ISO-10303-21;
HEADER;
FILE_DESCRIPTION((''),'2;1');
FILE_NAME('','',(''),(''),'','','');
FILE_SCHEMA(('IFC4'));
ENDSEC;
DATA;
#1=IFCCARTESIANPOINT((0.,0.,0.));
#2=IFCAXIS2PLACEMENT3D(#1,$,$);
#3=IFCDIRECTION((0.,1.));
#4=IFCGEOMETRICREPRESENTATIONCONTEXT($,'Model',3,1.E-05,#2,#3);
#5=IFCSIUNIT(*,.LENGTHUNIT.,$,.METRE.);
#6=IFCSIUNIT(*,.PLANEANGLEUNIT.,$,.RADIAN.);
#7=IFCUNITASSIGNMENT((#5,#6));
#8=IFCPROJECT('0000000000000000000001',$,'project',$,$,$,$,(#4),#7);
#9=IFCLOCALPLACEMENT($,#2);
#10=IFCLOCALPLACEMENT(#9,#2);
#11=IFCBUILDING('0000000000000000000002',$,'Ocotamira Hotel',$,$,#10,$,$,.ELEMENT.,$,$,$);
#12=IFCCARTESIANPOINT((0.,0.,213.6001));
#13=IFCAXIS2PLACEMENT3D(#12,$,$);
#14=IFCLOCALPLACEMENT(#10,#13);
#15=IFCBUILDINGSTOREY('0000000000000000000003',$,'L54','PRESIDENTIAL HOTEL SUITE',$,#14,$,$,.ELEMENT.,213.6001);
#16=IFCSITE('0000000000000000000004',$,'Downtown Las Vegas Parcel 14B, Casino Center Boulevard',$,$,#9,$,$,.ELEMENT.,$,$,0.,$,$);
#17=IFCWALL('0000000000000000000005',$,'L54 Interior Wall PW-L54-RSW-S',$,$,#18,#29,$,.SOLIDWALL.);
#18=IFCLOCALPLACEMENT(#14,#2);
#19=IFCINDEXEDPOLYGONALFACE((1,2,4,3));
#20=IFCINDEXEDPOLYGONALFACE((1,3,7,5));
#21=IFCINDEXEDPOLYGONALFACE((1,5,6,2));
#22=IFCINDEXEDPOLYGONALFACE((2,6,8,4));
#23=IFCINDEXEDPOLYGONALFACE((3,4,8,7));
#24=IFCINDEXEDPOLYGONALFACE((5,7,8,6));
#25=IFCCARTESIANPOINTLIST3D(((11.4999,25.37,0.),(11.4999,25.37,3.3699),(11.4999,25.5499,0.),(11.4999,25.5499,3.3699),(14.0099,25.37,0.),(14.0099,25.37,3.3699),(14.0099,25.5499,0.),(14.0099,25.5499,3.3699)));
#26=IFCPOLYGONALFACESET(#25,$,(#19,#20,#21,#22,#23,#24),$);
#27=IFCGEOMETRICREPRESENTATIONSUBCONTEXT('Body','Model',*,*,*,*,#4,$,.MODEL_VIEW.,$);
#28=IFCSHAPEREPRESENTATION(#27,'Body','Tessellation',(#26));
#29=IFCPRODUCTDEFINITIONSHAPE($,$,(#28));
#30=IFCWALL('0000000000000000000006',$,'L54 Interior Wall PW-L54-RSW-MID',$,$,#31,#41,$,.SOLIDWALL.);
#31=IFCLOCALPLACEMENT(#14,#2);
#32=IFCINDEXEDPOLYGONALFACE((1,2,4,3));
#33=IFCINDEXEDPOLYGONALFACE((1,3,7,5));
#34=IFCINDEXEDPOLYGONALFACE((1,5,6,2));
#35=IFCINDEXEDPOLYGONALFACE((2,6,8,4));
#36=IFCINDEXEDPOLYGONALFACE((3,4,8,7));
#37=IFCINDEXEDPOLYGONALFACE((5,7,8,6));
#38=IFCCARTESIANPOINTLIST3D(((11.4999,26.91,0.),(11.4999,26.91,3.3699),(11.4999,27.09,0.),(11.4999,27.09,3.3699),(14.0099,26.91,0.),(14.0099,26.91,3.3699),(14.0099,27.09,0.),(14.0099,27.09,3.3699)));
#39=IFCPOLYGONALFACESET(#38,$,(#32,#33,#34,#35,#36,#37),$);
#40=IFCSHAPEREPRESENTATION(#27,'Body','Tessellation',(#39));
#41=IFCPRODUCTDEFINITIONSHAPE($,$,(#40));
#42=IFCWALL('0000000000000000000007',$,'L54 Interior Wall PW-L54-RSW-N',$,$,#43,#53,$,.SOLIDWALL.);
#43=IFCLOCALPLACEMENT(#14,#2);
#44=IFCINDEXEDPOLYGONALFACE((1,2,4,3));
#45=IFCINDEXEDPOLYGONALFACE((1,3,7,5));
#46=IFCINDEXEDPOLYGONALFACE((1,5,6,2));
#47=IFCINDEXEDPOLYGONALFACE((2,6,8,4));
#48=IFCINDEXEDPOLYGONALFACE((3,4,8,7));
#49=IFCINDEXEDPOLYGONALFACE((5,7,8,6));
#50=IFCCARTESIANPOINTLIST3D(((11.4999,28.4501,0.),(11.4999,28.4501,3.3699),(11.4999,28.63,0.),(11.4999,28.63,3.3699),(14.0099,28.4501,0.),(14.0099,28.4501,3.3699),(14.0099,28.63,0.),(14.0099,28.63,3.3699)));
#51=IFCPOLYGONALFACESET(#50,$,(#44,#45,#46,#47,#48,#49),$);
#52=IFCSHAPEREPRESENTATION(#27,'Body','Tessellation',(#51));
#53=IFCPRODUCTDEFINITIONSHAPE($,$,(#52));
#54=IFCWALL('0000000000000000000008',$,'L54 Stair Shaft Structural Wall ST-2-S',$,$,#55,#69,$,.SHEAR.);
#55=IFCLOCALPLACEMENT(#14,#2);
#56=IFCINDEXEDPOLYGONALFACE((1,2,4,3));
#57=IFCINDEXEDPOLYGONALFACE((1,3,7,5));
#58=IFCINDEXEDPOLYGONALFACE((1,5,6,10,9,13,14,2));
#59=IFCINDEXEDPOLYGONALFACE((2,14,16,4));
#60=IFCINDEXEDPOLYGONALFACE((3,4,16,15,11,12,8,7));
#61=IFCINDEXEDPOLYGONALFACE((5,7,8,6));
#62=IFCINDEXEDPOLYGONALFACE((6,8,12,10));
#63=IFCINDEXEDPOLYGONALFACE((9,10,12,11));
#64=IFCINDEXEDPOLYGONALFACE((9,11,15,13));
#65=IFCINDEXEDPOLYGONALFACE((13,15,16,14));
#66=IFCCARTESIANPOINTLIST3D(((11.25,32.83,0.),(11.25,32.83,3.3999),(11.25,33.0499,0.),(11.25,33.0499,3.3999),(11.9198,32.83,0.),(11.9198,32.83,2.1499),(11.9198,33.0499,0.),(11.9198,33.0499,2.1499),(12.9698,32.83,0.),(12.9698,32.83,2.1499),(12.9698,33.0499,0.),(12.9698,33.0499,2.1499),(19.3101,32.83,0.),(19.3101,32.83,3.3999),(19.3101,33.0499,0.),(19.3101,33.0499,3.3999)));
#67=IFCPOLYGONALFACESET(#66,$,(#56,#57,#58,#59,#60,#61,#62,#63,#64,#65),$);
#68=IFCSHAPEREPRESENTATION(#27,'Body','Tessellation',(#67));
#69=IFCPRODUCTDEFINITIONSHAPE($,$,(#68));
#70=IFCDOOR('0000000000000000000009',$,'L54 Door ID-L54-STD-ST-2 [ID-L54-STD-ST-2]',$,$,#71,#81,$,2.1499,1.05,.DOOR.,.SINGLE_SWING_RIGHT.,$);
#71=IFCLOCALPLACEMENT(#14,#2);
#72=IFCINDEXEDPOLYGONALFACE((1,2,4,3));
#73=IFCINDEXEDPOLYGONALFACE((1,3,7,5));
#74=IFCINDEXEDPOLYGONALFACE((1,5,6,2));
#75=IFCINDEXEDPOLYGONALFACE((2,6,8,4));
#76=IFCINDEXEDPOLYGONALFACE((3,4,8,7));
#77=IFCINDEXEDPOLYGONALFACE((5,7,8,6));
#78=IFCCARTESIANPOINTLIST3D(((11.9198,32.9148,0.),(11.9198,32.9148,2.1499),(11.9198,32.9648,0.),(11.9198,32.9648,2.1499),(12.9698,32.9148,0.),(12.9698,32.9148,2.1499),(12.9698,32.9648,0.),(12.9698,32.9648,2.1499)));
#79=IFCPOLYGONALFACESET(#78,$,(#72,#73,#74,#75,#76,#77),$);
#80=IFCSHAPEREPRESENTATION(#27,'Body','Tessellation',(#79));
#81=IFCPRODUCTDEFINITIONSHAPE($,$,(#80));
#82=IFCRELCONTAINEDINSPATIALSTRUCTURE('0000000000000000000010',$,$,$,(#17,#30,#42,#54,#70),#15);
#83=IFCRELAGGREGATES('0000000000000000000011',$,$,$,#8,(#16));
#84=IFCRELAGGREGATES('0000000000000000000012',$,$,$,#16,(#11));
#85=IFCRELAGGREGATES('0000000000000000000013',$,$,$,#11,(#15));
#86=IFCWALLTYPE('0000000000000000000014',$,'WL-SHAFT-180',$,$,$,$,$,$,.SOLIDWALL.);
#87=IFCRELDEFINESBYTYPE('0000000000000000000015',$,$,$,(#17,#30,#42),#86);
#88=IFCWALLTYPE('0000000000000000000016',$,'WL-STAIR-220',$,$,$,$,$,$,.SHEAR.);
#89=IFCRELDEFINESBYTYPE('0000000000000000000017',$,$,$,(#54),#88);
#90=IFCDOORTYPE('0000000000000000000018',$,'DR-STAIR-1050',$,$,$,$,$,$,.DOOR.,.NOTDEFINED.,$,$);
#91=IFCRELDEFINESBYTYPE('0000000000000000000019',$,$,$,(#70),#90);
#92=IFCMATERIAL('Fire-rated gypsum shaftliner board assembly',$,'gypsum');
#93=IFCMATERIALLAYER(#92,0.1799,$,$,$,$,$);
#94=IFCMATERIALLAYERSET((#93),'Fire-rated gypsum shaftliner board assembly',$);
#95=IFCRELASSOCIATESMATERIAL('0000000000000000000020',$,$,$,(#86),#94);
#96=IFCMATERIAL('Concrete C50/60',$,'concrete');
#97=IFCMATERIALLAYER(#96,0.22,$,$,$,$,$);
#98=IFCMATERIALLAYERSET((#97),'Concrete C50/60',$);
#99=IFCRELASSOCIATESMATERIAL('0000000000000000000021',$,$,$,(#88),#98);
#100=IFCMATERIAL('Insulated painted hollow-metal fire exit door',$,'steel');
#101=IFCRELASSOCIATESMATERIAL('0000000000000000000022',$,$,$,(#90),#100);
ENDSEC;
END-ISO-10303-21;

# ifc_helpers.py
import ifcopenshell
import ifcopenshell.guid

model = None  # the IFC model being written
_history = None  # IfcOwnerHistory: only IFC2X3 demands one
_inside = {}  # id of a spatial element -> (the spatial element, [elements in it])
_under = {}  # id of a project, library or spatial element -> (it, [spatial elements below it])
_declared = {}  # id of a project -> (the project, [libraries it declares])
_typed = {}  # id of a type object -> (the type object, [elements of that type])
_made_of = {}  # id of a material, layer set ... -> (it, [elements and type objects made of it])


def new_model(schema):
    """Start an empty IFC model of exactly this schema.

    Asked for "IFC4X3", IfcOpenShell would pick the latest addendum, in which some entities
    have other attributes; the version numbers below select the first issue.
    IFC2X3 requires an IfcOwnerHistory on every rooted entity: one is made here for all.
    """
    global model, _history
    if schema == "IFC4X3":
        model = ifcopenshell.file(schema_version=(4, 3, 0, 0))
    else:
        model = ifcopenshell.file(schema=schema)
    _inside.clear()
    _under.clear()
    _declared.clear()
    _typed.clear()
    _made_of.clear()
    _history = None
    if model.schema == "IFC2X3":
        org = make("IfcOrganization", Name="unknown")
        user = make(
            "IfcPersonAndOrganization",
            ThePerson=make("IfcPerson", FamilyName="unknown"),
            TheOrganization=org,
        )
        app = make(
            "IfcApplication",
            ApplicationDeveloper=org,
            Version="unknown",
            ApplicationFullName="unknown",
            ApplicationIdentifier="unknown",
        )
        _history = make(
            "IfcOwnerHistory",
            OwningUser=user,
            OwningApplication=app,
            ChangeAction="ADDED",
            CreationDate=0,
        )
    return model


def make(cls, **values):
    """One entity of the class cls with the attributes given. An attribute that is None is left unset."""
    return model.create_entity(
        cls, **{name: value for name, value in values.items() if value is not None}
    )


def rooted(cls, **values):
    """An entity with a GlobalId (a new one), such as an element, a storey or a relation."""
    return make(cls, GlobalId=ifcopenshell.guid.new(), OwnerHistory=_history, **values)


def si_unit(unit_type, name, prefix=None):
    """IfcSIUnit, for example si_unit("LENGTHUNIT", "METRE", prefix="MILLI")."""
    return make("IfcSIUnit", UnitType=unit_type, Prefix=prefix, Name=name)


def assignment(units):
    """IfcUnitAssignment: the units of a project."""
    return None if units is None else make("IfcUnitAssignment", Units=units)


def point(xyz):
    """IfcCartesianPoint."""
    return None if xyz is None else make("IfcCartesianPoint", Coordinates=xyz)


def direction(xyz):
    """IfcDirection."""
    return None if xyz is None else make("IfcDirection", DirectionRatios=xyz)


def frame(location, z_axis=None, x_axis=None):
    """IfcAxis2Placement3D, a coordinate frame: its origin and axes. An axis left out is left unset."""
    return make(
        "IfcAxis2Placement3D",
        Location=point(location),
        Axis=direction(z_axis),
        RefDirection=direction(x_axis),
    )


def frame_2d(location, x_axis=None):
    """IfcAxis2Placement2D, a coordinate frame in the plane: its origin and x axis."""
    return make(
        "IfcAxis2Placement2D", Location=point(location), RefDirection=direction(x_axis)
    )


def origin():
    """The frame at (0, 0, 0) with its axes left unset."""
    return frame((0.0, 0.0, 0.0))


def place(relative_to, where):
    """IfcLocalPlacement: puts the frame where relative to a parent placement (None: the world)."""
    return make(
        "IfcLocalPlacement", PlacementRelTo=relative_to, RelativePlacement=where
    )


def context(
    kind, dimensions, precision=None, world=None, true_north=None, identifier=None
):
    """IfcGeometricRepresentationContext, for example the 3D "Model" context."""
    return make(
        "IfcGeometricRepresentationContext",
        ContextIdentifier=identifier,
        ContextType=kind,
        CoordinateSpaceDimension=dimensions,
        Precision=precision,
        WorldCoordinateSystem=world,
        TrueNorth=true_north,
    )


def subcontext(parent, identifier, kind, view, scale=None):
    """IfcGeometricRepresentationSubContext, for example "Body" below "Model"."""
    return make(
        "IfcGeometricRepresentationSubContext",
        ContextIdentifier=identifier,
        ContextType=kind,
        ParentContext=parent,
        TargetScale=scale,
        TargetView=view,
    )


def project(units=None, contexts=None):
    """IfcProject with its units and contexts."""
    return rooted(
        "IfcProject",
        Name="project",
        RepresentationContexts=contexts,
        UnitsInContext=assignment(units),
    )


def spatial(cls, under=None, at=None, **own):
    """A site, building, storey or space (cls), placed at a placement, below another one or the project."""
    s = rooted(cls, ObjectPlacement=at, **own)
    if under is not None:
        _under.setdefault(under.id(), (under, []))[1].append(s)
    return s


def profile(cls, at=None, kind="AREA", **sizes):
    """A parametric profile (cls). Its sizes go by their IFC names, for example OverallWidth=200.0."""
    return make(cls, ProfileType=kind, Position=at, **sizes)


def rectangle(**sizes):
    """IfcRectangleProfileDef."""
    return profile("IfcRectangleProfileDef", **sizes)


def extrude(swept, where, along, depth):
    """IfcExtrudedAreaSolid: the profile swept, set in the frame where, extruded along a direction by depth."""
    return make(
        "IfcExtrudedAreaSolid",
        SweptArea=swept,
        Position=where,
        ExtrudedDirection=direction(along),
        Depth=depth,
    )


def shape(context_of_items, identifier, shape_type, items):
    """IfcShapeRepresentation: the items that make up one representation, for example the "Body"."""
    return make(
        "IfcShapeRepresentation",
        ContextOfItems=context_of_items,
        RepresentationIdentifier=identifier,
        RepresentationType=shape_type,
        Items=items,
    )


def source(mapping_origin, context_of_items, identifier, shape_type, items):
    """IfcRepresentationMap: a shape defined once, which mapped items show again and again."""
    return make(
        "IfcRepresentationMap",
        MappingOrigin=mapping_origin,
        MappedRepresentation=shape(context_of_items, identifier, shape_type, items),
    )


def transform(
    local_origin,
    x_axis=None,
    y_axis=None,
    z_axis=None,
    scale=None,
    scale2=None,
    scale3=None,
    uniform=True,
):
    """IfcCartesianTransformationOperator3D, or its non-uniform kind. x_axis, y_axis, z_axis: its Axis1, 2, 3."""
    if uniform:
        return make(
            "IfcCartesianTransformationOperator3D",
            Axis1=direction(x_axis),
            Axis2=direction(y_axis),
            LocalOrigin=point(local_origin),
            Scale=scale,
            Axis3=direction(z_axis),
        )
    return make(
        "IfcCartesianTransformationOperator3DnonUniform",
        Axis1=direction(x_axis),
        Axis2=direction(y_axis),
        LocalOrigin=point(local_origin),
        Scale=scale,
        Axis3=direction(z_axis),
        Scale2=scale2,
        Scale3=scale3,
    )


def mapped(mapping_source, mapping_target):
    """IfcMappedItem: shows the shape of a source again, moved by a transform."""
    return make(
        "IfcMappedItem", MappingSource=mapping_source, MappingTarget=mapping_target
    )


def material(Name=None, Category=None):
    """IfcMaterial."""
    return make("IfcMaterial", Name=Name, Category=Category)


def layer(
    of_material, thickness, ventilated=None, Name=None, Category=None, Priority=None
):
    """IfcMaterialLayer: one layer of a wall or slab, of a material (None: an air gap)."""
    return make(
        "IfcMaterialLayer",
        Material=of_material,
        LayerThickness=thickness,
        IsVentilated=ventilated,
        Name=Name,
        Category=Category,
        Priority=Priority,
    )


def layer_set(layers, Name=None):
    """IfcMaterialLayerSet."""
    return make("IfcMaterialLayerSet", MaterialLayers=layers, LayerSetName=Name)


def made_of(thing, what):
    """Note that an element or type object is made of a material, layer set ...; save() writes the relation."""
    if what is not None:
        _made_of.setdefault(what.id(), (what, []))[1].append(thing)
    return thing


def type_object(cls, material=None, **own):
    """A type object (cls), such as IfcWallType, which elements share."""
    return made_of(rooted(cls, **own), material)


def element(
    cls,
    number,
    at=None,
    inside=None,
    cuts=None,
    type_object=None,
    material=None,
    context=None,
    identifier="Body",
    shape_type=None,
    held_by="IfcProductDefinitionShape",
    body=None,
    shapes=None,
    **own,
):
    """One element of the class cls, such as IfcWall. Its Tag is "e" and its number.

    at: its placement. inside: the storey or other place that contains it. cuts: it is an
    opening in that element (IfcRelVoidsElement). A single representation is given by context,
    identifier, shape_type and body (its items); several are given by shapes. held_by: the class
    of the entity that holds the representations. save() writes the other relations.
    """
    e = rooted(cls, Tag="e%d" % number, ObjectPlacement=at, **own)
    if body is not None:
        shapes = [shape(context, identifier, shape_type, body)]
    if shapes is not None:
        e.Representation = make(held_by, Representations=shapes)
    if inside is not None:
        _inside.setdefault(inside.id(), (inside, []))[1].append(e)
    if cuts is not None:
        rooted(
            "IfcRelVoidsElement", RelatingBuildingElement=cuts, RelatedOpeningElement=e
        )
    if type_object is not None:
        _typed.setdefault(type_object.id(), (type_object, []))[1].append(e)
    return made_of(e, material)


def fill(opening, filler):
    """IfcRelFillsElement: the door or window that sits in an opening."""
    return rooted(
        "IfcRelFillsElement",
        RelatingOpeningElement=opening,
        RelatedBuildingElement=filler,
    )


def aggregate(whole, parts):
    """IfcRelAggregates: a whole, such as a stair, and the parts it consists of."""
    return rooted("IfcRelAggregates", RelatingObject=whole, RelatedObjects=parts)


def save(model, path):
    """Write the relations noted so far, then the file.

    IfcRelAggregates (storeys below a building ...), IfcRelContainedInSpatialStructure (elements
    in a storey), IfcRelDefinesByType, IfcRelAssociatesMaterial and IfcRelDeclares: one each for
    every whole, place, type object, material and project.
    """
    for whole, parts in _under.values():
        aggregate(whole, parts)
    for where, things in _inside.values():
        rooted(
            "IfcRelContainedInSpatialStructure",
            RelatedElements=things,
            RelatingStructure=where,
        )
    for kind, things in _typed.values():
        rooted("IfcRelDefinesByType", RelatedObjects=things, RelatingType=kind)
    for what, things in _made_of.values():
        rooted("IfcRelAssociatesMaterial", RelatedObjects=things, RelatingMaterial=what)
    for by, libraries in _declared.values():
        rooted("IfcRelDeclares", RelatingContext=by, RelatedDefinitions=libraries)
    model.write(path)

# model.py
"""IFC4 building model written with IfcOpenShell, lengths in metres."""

from ifc_helpers import new_model, si_unit, direction, frame, frame_2d, origin, place, context, subcontext, project, spatial, rectangle, extrude, source, transform, mapped, material, layer, layer_set, type_object, element, fill, save


model = new_model("IFC4")

# Units and contexts
model_context = context("Model", 3, precision=1e-05, world=origin(), true_north=direction((0.0, 1.0)))
body_context = subcontext(model_context, "Body", "Model", "MODEL_VIEW")
ifc_project = project(units=[si_unit("LENGTHUNIT", "METRE"), si_unit("PLANEANGLEUNIT", "RADIAN")], contexts=[model_context])

# Site, building, storey
site_placement = place(None, origin())
site = spatial("IfcSite", under=ifc_project, at=site_placement, Name="Downtown Las Vegas Parcel 14B, Casino Center Boulevard", CompositionType="ELEMENT", RefElevation=0.0)
building_placement = place(site_placement, origin())
building = spatial("IfcBuilding", under=site, at=building_placement, Name="Ocotamira Hotel", CompositionType="ELEMENT")
storey_placement = place(building_placement, frame((0.0, 0.0, 213.6001)))
storey = spatial("IfcBuildingStorey", under=building, at=storey_placement, Name="L54", Description="PRESIDENTIAL HOTEL SUITE", CompositionType="ELEMENT", Elevation=213.6001)

# Walls
ifc_material_1 = material(Name="Fire-rated gypsum shaftliner board assembly", Category="gypsum")
ifc_layer_1 = layer(ifc_material_1, 0.1799)
ifc_layer_set_1 = layer_set([ifc_layer_1], Name="Fire-rated gypsum shaftliner board assembly")
wall_type_1 = type_object("IfcWallType", Name="WL-SHAFT-180", PredefinedType="SOLIDWALL", material=ifc_layer_set_1)
for number, where, z_axis, x_axis, name in (
    (1, (11.5, 25.46, 0.0), (0.0, 0.0, 1.0), (1.0, 0.0, 0.0), "L54 Interior Wall PW-L54-RSW-S"),
    (2, (11.5, 27.0, 0.0), (0.0, 0.0, 1.0), (1.0, 0.0, 0.0), "L54 Interior Wall PW-L54-RSW-MID"),
    (3, (11.5, 28.54, 0.0), (0.0, 0.0, 1.0), (1.0, 0.0, 0.0), "L54 Interior Wall PW-L54-RSW-N"),
):
    element("IfcWall", number, at=place(storey_placement, frame(where, z_axis=z_axis, x_axis=x_axis)), inside=storey, type_object=wall_type_1, Name=name, PredefinedType="SOLIDWALL", context=body_context, shape_type="SweptSolid", body=[
        extrude(rectangle(XDim=2.51, YDim=0.1799, at=frame_2d((1.2549, 0.0))), origin(), (0.0, 0.0, 1.0), 3.3699),
    ])

# Wall, opening, door
ifc_material_2 = material(Name="Concrete C50/60", Category="concrete")
ifc_layer_2 = layer(ifc_material_2, 0.22)
ifc_layer_set_2 = layer_set([ifc_layer_2], Name="Concrete C50/60")
wall_type_2 = type_object("IfcWallType", Name="WL-STAIR-220", PredefinedType="SHEAR", material=ifc_layer_set_2)
wall_placement = place(storey_placement, frame((11.25, 32.9399, 0.0), z_axis=(0.0, 0.0, 1.0), x_axis=(1.0, 0.0, 0.0)))
wall = element("IfcWall", 4, at=wall_placement, inside=storey, type_object=wall_type_2, Name="L54 Stair Shaft Structural Wall ST-2-S", PredefinedType="SHEAR", context=body_context, shape_type="SweptSolid", body=[
    extrude(rectangle(XDim=8.0601, YDim=0.22, at=frame_2d((4.03, 0.0))), origin(), (0.0, 0.0, 1.0), 3.3999),
])
opening_placement = place(wall_placement, frame((0.6699, 0.0, 0.0)))
opening = element("IfcOpeningElement", 5, at=opening_placement, cuts=wall, PredefinedType="OPENING", context=body_context, shape_type="SweptSolid", body=[
    extrude(rectangle(XDim=1.05, YDim=2.1499, at=frame_2d((0.5249, 1.075))), frame((0.0, 0.1201, 0.0), z_axis=(0.0, -1.0, 0.0), x_axis=(1.0, 0.0, 0.0)), (0.0, 0.0, 1.0), 0.24),
])
ifc_material_3 = material(Name="Insulated painted hollow-metal fire exit door", Category="steel")
door_type = type_object("IfcDoorType", Name="DR-STAIR-1050", OperationType="NOTDEFINED", PredefinedType="DOOR", material=ifc_material_3)
shared_shape_1 = source(origin(), body_context, "Body", "SweptSolid", [
    extrude(rectangle(XDim=1.05, YDim=2.1499, at=frame_2d((0.5249, 1.075))), frame((0.0, 0.0249, 0.0), z_axis=(0.0, -1.0, 0.0), x_axis=(1.0, 0.0, 0.0)), (0.0, 0.0, 1.0), 0.05),
])
door_placement = place(opening_placement, origin())
door = element("IfcDoor", 6, at=door_placement, inside=storey, type_object=door_type, Name="L54 Door ID-L54-STD-ST-2 [ID-L54-STD-ST-2]", OperationType="SINGLE_SWING_RIGHT", OverallHeight=2.1499, OverallWidth=1.05, PredefinedType="DOOR", context=body_context, shape_type="MappedRepresentation", body=[
    mapped(shared_shape_1, transform((0.0, 0.0, 0.0), scale=1.0)),
])
fill(opening, door)

save(model, "model.ifc")
